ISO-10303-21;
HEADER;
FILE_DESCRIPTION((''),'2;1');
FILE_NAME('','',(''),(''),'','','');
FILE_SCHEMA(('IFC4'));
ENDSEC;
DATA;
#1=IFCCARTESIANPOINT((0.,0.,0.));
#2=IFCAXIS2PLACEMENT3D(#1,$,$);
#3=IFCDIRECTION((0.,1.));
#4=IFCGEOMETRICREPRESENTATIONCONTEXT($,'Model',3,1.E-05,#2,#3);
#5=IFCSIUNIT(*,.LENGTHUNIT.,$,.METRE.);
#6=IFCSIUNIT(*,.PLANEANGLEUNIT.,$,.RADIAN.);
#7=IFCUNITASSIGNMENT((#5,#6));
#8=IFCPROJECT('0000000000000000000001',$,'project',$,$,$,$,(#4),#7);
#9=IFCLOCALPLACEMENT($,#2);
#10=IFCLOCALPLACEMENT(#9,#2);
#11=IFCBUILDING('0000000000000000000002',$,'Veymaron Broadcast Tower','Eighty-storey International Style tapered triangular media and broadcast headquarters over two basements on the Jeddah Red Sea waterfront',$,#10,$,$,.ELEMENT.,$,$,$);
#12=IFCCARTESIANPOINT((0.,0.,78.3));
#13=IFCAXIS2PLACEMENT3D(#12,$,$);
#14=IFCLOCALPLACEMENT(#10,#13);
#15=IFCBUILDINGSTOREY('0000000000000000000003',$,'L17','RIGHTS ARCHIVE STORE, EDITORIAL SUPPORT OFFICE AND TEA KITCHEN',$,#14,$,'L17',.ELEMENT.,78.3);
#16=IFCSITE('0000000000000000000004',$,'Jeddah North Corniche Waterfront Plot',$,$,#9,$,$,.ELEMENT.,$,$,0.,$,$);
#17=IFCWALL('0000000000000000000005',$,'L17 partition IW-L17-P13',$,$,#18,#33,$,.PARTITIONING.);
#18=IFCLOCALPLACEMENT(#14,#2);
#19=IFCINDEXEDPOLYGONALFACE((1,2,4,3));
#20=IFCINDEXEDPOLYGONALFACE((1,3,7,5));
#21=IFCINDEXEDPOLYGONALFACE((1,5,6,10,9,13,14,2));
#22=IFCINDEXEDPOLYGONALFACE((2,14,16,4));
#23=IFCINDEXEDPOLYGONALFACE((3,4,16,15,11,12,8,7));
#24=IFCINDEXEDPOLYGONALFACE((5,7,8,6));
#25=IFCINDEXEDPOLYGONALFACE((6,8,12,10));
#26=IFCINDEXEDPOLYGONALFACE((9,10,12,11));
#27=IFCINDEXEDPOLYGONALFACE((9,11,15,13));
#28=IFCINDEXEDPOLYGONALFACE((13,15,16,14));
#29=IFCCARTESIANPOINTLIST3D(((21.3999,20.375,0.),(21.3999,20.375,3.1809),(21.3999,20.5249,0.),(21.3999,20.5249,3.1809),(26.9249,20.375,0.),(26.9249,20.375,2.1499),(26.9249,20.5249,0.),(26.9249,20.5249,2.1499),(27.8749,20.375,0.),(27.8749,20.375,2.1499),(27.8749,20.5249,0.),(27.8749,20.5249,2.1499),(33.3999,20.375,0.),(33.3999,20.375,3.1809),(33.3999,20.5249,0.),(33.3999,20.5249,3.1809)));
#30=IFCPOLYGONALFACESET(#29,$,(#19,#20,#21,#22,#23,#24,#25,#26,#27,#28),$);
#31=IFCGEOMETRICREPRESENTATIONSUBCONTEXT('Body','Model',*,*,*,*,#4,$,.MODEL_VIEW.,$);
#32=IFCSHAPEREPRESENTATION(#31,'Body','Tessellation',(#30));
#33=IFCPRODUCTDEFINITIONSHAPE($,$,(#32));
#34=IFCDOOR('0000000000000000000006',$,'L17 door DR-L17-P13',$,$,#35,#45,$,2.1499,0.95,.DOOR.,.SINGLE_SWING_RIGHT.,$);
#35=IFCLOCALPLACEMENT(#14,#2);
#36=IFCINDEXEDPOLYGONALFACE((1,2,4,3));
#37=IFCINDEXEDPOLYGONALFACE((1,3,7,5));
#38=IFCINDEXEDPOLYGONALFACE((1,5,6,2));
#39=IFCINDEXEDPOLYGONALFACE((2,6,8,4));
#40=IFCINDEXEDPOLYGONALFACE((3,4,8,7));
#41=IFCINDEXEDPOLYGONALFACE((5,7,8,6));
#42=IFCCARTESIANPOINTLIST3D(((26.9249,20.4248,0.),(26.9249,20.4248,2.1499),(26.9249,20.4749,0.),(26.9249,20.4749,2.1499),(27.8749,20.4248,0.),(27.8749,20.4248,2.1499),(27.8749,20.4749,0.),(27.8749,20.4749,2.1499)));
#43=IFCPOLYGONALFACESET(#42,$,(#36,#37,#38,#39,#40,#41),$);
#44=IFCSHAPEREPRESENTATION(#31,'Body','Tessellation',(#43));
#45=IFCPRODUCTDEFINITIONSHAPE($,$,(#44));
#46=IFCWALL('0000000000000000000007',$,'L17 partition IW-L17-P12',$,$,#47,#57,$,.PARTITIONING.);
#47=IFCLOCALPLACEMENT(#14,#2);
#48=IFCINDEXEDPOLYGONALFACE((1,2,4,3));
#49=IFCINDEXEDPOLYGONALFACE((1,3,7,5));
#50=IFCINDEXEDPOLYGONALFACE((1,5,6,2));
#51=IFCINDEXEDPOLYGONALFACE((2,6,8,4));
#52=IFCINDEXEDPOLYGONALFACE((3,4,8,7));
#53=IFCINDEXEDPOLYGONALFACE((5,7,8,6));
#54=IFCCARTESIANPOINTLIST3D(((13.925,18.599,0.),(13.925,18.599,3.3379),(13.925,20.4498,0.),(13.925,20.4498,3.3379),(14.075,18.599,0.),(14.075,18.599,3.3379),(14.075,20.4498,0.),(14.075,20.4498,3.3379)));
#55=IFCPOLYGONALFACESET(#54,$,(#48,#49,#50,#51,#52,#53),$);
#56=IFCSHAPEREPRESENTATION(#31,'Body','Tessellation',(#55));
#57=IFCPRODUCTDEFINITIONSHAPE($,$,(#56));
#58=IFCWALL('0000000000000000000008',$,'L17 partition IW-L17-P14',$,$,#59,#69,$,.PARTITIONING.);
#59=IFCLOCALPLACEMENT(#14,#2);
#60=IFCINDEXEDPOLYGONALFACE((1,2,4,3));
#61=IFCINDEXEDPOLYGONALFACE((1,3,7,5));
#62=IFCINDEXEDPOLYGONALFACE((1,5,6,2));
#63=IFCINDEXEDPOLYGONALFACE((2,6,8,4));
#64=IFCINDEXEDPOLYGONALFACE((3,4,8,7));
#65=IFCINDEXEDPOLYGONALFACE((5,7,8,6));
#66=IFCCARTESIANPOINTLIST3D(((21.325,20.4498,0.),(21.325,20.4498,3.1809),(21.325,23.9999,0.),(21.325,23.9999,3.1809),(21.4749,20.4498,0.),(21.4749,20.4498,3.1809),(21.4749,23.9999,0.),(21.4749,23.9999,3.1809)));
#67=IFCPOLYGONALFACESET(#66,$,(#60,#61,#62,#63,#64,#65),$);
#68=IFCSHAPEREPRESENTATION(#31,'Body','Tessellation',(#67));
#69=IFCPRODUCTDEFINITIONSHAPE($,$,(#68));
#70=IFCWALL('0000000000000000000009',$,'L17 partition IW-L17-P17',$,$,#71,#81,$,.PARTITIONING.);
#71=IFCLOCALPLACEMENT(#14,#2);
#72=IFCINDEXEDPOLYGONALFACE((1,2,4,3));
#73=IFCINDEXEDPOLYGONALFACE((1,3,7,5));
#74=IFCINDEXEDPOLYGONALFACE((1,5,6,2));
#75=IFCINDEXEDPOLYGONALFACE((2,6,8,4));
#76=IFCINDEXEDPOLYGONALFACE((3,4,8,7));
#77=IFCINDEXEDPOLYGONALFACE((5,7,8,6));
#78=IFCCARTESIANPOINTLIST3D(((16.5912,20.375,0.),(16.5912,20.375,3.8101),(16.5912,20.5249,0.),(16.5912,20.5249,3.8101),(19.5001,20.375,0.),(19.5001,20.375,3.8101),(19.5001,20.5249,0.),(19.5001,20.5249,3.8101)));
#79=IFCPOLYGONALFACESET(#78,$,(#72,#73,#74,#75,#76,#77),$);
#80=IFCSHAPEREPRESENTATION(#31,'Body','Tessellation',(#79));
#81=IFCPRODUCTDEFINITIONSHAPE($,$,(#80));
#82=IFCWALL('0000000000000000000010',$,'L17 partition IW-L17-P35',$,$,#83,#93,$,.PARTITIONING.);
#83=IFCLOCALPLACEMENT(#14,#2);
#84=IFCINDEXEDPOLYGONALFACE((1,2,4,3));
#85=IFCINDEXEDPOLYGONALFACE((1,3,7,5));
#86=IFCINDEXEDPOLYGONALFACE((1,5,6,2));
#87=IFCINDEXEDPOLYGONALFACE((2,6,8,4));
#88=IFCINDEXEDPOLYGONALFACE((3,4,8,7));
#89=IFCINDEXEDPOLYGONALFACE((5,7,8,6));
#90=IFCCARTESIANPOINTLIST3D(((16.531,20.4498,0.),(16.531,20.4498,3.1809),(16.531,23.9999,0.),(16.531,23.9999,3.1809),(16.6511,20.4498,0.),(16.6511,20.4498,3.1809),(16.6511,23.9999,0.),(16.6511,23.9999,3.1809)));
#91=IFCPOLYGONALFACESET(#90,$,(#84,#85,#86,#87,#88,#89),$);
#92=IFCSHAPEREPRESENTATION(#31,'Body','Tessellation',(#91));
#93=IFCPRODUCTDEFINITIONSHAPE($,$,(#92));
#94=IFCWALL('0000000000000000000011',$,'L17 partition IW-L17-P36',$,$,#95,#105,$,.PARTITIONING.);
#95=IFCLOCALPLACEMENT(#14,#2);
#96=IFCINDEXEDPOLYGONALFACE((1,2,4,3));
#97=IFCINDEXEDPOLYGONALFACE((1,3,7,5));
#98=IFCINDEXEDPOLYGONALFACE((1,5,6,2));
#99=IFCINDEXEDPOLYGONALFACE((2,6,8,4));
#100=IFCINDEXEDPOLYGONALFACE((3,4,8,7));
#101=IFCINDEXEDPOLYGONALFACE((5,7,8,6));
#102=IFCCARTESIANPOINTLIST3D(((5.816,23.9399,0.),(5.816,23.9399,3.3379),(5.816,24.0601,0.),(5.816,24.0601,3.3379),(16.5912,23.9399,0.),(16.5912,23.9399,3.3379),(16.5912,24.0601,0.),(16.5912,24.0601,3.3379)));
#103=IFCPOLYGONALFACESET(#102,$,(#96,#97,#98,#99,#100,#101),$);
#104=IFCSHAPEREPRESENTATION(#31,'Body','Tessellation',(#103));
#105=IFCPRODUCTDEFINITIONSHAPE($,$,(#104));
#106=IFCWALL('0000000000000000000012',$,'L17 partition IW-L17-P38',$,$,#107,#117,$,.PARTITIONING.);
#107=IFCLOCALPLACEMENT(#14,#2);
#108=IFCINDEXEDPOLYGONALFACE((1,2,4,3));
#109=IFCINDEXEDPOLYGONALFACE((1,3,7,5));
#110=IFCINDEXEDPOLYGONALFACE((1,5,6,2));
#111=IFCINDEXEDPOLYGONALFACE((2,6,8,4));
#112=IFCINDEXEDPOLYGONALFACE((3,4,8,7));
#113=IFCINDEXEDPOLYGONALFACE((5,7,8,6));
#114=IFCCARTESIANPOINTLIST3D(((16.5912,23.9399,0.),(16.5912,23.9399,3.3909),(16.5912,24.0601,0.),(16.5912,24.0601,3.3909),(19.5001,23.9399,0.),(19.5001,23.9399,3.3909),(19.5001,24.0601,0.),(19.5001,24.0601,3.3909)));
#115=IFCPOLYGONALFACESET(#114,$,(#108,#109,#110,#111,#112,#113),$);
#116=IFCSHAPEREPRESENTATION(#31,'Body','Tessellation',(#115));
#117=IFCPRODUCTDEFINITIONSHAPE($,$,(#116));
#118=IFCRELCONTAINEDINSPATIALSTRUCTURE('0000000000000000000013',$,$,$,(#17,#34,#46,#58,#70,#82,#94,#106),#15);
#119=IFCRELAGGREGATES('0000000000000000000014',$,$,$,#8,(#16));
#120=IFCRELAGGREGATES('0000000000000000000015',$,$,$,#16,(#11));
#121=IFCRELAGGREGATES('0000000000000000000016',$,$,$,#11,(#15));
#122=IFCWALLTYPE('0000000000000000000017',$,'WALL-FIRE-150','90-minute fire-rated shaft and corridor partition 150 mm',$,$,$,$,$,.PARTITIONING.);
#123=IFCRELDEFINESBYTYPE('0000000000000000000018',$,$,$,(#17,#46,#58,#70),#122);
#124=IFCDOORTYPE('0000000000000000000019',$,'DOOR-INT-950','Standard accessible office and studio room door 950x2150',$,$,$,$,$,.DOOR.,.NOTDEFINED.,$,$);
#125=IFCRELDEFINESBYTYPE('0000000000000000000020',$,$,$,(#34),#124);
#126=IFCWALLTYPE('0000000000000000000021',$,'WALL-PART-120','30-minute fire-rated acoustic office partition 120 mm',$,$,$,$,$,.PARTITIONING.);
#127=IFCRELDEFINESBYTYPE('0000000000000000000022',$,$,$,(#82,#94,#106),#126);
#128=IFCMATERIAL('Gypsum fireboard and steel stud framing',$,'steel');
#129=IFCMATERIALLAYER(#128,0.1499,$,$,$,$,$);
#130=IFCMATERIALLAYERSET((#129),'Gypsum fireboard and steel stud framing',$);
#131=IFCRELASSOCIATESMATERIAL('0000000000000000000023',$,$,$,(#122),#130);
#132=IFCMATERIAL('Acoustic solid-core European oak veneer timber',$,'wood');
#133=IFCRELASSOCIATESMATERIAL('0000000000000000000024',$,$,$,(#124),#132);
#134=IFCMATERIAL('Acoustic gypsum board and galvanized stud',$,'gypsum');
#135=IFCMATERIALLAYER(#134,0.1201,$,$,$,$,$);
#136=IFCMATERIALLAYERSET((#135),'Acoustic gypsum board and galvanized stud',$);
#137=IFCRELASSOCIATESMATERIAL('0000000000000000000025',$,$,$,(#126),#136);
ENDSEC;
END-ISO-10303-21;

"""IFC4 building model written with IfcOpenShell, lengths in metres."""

from ifc_helpers import new_model, si_unit, direction, frame, frame_2d, origin, place, context, subcontext, project, spatial, rectangle, extrude, material, layer, layer_set, type_object, element, fill, save


model = new_model("IFC4")

# Units and contexts
model_context = context("Model", 3, precision=1e-05, world=origin(), true_north=direction((0.0, 1.0)))
body_context = subcontext(model_context, "Body", "Model", "MODEL_VIEW")
ifc_project = project(units=[si_unit("LENGTHUNIT", "METRE"), si_unit("PLANEANGLEUNIT", "RADIAN")], contexts=[model_context])

# Site, building, storey
site_placement = place(None, origin())
site = spatial("IfcSite", under=ifc_project, at=site_placement, Name="Jeddah North Corniche Waterfront Plot", CompositionType="ELEMENT", RefElevation=0.0)
building_placement = place(site_placement, origin())
building = spatial("IfcBuilding", under=site, at=building_placement, Name="Veymaron Broadcast Tower", Description="Eighty-storey International Style tapered triangular media and broadcast headquarters over two basements on the Jeddah Red Sea waterfront", CompositionType="ELEMENT")
storey_placement = place(building_placement, frame((0.0, 0.0, 78.3)))
storey = spatial("IfcBuildingStorey", under=building, at=storey_placement, Name="L17", Description="RIGHTS ARCHIVE STORE, EDITORIAL SUPPORT OFFICE AND TEA KITCHEN", LongName="L17", CompositionType="ELEMENT", Elevation=78.3)

# Wall, opening, door
ifc_material_1 = material(Name="Gypsum fireboard and steel stud framing", Category="steel")
ifc_layer_1 = layer(ifc_material_1, 0.1499)
ifc_layer_set_1 = layer_set([ifc_layer_1], Name="Gypsum fireboard and steel stud framing")
wall_type_1 = type_object("IfcWallType", Name="WALL-FIRE-150", Description="90-minute fire-rated shaft and corridor partition 150 mm", PredefinedType="PARTITIONING", material=ifc_layer_set_1)
ifc_material_2 = material(Name="Acoustic solid-core European oak veneer timber", Category="wood")
door_type = type_object("IfcDoorType", Name="DOOR-INT-950", Description="Standard accessible office and studio room door 950x2150", OperationType="NOTDEFINED", PredefinedType="DOOR", material=ifc_material_2)
wall_1_placement = place(storey_placement, frame((21.3999, 20.45, 0.0), z_axis=(0.0, 0.0, 1.0), x_axis=(1.0, 0.0, 0.0)))
wall_1 = element("IfcWall", 1, at=wall_1_placement, inside=storey, type_object=wall_type_1, Name="L17 partition IW-L17-P13", PredefinedType="PARTITIONING", context=body_context, shape_type="SweptSolid", body=[
    extrude(rectangle(XDim=12.0, YDim=0.1499, at=frame_2d((6.0, 0.0))), origin(), (0.0, 0.0, 1.0), 3.1809),
])
opening_1_placement = place(wall_1_placement, frame((5.5249, 0.0, 0.0)))
opening_1 = element("IfcOpeningElement", 2, at=opening_1_placement, cuts=wall_1, PredefinedType="OPENING", context=body_context, shape_type="SweptSolid", body=[
    extrude(rectangle(XDim=0.95, YDim=2.1499, at=frame_2d((0.4751, 1.075))), frame((0.0, 0.085, 0.0), z_axis=(0.0, -1.0, 0.0), x_axis=(1.0, 0.0, 0.0)), (0.0, 0.0, 1.0), 0.1699),
])
door_1_placement = place(opening_1_placement, origin())
door_1 = element("IfcDoor", 3, at=door_1_placement, inside=storey, type_object=door_type, Name="L17 door DR-L17-P13", OperationType="SINGLE_SWING_RIGHT", OverallHeight=2.1499, OverallWidth=0.95, PredefinedType="DOOR", context=body_context, shape_type="SweptSolid", body=[
    extrude(rectangle(XDim=0.95, YDim=2.1499, at=frame_2d((0.4751, 1.075))), frame((0.0, 0.0249, 0.0), z_axis=(0.0, -1.0, 0.0), x_axis=(1.0, 0.0, 0.0)), (0.0, 0.0, 1.0), 0.05),
])
fill(opening_1, door_1)

# Walls
wall_2_placement = place(storey_placement, frame((14.0, 18.5991, 0.0), z_axis=(0.0, 0.0, 1.0), x_axis=(0.0, 1.0, 0.0)))
element("IfcWall", 4, at=wall_2_placement, inside=storey, type_object=wall_type_1, Name="L17 partition IW-L17-P12", PredefinedType="PARTITIONING", context=body_context, shape_type="SweptSolid", body=[
    extrude(rectangle(XDim=1.8508, YDim=0.1499, at=frame_2d((0.9253, 0.0))), origin(), (0.0, 0.0, 1.0), 3.3379),
])
wall_3_placement = place(storey_placement, frame((21.3999, 20.45, 0.0), z_axis=(0.0, 0.0, 1.0), x_axis=(0.0, 1.0, 0.0)))
element("IfcWall", 5, at=wall_3_placement, inside=storey, type_object=wall_type_1, Name="L17 partition IW-L17-P14", PredefinedType="PARTITIONING", context=body_context, shape_type="SweptSolid", body=[
    extrude(rectangle(XDim=3.55, YDim=0.1499, at=frame_2d((1.7749, 0.0))), origin(), (0.0, 0.0, 1.0), 3.1809),
])
wall_4_placement = place(storey_placement, frame((16.5911, 20.45, 0.0), z_axis=(0.0, 0.0, 1.0), x_axis=(1.0, 0.0, 0.0)))
element("IfcWall", 6, at=wall_4_placement, inside=storey, type_object=wall_type_1, Name="L17 partition IW-L17-P17", PredefinedType="PARTITIONING", context=body_context, shape_type="SweptSolid", body=[
    extrude(rectangle(XDim=2.9089, YDim=0.1499, at=frame_2d((1.4546, 0.0))), origin(), (0.0, 0.0, 1.0), 3.8101),
])
ifc_material_3 = material(Name="Acoustic gypsum board and galvanized stud", Category="gypsum")
ifc_layer_2 = layer(ifc_material_3, 0.1201)
ifc_layer_set_2 = layer_set([ifc_layer_2], Name="Acoustic gypsum board and galvanized stud")
wall_type_2 = type_object("IfcWallType", Name="WALL-PART-120", Description="30-minute fire-rated acoustic office partition 120 mm", PredefinedType="PARTITIONING", material=ifc_layer_set_2)
wall_5_placement = place(storey_placement, frame((16.5911, 20.45, 0.0), z_axis=(0.0, 0.0, 1.0), x_axis=(0.0, 1.0, 0.0)))
element("IfcWall", 7, at=wall_5_placement, inside=storey, type_object=wall_type_2, Name="L17 partition IW-L17-P35", PredefinedType="PARTITIONING", context=body_context, shape_type="SweptSolid", body=[
    extrude(rectangle(XDim=3.55, YDim=0.1201, at=frame_2d((1.7749, 0.0))), origin(), (0.0, 0.0, 1.0), 3.1809),
])
wall_6_placement = place(storey_placement, frame((5.8159, 24.0, 0.0), z_axis=(0.0, 0.0, 1.0), x_axis=(1.0, 0.0, 0.0)))
element("IfcWall", 8, at=wall_6_placement, inside=storey, type_object=wall_type_2, Name="L17 partition IW-L17-P36", PredefinedType="PARTITIONING", context=body_context, shape_type="SweptSolid", body=[
    extrude(rectangle(XDim=10.7751, YDim=0.1201, at=frame_2d((5.3877, 0.0))), origin(), (0.0, 0.0, 1.0), 3.3379),
])
wall_7_placement = place(storey_placement, frame((16.5911, 24.0, 0.0), z_axis=(0.0, 0.0, 1.0), x_axis=(1.0, 0.0, 0.0)))
element("IfcWall", 9, at=wall_7_placement, inside=storey, type_object=wall_type_2, Name="L17 partition IW-L17-P38", PredefinedType="PARTITIONING", context=body_context, shape_type="SweptSolid", body=[
    extrude(rectangle(XDim=2.9089, YDim=0.1201, at=frame_2d((1.4546, 0.0))), origin(), (0.0, 0.0, 1.0), 3.3909),
])

save(model, "model.ifc")
